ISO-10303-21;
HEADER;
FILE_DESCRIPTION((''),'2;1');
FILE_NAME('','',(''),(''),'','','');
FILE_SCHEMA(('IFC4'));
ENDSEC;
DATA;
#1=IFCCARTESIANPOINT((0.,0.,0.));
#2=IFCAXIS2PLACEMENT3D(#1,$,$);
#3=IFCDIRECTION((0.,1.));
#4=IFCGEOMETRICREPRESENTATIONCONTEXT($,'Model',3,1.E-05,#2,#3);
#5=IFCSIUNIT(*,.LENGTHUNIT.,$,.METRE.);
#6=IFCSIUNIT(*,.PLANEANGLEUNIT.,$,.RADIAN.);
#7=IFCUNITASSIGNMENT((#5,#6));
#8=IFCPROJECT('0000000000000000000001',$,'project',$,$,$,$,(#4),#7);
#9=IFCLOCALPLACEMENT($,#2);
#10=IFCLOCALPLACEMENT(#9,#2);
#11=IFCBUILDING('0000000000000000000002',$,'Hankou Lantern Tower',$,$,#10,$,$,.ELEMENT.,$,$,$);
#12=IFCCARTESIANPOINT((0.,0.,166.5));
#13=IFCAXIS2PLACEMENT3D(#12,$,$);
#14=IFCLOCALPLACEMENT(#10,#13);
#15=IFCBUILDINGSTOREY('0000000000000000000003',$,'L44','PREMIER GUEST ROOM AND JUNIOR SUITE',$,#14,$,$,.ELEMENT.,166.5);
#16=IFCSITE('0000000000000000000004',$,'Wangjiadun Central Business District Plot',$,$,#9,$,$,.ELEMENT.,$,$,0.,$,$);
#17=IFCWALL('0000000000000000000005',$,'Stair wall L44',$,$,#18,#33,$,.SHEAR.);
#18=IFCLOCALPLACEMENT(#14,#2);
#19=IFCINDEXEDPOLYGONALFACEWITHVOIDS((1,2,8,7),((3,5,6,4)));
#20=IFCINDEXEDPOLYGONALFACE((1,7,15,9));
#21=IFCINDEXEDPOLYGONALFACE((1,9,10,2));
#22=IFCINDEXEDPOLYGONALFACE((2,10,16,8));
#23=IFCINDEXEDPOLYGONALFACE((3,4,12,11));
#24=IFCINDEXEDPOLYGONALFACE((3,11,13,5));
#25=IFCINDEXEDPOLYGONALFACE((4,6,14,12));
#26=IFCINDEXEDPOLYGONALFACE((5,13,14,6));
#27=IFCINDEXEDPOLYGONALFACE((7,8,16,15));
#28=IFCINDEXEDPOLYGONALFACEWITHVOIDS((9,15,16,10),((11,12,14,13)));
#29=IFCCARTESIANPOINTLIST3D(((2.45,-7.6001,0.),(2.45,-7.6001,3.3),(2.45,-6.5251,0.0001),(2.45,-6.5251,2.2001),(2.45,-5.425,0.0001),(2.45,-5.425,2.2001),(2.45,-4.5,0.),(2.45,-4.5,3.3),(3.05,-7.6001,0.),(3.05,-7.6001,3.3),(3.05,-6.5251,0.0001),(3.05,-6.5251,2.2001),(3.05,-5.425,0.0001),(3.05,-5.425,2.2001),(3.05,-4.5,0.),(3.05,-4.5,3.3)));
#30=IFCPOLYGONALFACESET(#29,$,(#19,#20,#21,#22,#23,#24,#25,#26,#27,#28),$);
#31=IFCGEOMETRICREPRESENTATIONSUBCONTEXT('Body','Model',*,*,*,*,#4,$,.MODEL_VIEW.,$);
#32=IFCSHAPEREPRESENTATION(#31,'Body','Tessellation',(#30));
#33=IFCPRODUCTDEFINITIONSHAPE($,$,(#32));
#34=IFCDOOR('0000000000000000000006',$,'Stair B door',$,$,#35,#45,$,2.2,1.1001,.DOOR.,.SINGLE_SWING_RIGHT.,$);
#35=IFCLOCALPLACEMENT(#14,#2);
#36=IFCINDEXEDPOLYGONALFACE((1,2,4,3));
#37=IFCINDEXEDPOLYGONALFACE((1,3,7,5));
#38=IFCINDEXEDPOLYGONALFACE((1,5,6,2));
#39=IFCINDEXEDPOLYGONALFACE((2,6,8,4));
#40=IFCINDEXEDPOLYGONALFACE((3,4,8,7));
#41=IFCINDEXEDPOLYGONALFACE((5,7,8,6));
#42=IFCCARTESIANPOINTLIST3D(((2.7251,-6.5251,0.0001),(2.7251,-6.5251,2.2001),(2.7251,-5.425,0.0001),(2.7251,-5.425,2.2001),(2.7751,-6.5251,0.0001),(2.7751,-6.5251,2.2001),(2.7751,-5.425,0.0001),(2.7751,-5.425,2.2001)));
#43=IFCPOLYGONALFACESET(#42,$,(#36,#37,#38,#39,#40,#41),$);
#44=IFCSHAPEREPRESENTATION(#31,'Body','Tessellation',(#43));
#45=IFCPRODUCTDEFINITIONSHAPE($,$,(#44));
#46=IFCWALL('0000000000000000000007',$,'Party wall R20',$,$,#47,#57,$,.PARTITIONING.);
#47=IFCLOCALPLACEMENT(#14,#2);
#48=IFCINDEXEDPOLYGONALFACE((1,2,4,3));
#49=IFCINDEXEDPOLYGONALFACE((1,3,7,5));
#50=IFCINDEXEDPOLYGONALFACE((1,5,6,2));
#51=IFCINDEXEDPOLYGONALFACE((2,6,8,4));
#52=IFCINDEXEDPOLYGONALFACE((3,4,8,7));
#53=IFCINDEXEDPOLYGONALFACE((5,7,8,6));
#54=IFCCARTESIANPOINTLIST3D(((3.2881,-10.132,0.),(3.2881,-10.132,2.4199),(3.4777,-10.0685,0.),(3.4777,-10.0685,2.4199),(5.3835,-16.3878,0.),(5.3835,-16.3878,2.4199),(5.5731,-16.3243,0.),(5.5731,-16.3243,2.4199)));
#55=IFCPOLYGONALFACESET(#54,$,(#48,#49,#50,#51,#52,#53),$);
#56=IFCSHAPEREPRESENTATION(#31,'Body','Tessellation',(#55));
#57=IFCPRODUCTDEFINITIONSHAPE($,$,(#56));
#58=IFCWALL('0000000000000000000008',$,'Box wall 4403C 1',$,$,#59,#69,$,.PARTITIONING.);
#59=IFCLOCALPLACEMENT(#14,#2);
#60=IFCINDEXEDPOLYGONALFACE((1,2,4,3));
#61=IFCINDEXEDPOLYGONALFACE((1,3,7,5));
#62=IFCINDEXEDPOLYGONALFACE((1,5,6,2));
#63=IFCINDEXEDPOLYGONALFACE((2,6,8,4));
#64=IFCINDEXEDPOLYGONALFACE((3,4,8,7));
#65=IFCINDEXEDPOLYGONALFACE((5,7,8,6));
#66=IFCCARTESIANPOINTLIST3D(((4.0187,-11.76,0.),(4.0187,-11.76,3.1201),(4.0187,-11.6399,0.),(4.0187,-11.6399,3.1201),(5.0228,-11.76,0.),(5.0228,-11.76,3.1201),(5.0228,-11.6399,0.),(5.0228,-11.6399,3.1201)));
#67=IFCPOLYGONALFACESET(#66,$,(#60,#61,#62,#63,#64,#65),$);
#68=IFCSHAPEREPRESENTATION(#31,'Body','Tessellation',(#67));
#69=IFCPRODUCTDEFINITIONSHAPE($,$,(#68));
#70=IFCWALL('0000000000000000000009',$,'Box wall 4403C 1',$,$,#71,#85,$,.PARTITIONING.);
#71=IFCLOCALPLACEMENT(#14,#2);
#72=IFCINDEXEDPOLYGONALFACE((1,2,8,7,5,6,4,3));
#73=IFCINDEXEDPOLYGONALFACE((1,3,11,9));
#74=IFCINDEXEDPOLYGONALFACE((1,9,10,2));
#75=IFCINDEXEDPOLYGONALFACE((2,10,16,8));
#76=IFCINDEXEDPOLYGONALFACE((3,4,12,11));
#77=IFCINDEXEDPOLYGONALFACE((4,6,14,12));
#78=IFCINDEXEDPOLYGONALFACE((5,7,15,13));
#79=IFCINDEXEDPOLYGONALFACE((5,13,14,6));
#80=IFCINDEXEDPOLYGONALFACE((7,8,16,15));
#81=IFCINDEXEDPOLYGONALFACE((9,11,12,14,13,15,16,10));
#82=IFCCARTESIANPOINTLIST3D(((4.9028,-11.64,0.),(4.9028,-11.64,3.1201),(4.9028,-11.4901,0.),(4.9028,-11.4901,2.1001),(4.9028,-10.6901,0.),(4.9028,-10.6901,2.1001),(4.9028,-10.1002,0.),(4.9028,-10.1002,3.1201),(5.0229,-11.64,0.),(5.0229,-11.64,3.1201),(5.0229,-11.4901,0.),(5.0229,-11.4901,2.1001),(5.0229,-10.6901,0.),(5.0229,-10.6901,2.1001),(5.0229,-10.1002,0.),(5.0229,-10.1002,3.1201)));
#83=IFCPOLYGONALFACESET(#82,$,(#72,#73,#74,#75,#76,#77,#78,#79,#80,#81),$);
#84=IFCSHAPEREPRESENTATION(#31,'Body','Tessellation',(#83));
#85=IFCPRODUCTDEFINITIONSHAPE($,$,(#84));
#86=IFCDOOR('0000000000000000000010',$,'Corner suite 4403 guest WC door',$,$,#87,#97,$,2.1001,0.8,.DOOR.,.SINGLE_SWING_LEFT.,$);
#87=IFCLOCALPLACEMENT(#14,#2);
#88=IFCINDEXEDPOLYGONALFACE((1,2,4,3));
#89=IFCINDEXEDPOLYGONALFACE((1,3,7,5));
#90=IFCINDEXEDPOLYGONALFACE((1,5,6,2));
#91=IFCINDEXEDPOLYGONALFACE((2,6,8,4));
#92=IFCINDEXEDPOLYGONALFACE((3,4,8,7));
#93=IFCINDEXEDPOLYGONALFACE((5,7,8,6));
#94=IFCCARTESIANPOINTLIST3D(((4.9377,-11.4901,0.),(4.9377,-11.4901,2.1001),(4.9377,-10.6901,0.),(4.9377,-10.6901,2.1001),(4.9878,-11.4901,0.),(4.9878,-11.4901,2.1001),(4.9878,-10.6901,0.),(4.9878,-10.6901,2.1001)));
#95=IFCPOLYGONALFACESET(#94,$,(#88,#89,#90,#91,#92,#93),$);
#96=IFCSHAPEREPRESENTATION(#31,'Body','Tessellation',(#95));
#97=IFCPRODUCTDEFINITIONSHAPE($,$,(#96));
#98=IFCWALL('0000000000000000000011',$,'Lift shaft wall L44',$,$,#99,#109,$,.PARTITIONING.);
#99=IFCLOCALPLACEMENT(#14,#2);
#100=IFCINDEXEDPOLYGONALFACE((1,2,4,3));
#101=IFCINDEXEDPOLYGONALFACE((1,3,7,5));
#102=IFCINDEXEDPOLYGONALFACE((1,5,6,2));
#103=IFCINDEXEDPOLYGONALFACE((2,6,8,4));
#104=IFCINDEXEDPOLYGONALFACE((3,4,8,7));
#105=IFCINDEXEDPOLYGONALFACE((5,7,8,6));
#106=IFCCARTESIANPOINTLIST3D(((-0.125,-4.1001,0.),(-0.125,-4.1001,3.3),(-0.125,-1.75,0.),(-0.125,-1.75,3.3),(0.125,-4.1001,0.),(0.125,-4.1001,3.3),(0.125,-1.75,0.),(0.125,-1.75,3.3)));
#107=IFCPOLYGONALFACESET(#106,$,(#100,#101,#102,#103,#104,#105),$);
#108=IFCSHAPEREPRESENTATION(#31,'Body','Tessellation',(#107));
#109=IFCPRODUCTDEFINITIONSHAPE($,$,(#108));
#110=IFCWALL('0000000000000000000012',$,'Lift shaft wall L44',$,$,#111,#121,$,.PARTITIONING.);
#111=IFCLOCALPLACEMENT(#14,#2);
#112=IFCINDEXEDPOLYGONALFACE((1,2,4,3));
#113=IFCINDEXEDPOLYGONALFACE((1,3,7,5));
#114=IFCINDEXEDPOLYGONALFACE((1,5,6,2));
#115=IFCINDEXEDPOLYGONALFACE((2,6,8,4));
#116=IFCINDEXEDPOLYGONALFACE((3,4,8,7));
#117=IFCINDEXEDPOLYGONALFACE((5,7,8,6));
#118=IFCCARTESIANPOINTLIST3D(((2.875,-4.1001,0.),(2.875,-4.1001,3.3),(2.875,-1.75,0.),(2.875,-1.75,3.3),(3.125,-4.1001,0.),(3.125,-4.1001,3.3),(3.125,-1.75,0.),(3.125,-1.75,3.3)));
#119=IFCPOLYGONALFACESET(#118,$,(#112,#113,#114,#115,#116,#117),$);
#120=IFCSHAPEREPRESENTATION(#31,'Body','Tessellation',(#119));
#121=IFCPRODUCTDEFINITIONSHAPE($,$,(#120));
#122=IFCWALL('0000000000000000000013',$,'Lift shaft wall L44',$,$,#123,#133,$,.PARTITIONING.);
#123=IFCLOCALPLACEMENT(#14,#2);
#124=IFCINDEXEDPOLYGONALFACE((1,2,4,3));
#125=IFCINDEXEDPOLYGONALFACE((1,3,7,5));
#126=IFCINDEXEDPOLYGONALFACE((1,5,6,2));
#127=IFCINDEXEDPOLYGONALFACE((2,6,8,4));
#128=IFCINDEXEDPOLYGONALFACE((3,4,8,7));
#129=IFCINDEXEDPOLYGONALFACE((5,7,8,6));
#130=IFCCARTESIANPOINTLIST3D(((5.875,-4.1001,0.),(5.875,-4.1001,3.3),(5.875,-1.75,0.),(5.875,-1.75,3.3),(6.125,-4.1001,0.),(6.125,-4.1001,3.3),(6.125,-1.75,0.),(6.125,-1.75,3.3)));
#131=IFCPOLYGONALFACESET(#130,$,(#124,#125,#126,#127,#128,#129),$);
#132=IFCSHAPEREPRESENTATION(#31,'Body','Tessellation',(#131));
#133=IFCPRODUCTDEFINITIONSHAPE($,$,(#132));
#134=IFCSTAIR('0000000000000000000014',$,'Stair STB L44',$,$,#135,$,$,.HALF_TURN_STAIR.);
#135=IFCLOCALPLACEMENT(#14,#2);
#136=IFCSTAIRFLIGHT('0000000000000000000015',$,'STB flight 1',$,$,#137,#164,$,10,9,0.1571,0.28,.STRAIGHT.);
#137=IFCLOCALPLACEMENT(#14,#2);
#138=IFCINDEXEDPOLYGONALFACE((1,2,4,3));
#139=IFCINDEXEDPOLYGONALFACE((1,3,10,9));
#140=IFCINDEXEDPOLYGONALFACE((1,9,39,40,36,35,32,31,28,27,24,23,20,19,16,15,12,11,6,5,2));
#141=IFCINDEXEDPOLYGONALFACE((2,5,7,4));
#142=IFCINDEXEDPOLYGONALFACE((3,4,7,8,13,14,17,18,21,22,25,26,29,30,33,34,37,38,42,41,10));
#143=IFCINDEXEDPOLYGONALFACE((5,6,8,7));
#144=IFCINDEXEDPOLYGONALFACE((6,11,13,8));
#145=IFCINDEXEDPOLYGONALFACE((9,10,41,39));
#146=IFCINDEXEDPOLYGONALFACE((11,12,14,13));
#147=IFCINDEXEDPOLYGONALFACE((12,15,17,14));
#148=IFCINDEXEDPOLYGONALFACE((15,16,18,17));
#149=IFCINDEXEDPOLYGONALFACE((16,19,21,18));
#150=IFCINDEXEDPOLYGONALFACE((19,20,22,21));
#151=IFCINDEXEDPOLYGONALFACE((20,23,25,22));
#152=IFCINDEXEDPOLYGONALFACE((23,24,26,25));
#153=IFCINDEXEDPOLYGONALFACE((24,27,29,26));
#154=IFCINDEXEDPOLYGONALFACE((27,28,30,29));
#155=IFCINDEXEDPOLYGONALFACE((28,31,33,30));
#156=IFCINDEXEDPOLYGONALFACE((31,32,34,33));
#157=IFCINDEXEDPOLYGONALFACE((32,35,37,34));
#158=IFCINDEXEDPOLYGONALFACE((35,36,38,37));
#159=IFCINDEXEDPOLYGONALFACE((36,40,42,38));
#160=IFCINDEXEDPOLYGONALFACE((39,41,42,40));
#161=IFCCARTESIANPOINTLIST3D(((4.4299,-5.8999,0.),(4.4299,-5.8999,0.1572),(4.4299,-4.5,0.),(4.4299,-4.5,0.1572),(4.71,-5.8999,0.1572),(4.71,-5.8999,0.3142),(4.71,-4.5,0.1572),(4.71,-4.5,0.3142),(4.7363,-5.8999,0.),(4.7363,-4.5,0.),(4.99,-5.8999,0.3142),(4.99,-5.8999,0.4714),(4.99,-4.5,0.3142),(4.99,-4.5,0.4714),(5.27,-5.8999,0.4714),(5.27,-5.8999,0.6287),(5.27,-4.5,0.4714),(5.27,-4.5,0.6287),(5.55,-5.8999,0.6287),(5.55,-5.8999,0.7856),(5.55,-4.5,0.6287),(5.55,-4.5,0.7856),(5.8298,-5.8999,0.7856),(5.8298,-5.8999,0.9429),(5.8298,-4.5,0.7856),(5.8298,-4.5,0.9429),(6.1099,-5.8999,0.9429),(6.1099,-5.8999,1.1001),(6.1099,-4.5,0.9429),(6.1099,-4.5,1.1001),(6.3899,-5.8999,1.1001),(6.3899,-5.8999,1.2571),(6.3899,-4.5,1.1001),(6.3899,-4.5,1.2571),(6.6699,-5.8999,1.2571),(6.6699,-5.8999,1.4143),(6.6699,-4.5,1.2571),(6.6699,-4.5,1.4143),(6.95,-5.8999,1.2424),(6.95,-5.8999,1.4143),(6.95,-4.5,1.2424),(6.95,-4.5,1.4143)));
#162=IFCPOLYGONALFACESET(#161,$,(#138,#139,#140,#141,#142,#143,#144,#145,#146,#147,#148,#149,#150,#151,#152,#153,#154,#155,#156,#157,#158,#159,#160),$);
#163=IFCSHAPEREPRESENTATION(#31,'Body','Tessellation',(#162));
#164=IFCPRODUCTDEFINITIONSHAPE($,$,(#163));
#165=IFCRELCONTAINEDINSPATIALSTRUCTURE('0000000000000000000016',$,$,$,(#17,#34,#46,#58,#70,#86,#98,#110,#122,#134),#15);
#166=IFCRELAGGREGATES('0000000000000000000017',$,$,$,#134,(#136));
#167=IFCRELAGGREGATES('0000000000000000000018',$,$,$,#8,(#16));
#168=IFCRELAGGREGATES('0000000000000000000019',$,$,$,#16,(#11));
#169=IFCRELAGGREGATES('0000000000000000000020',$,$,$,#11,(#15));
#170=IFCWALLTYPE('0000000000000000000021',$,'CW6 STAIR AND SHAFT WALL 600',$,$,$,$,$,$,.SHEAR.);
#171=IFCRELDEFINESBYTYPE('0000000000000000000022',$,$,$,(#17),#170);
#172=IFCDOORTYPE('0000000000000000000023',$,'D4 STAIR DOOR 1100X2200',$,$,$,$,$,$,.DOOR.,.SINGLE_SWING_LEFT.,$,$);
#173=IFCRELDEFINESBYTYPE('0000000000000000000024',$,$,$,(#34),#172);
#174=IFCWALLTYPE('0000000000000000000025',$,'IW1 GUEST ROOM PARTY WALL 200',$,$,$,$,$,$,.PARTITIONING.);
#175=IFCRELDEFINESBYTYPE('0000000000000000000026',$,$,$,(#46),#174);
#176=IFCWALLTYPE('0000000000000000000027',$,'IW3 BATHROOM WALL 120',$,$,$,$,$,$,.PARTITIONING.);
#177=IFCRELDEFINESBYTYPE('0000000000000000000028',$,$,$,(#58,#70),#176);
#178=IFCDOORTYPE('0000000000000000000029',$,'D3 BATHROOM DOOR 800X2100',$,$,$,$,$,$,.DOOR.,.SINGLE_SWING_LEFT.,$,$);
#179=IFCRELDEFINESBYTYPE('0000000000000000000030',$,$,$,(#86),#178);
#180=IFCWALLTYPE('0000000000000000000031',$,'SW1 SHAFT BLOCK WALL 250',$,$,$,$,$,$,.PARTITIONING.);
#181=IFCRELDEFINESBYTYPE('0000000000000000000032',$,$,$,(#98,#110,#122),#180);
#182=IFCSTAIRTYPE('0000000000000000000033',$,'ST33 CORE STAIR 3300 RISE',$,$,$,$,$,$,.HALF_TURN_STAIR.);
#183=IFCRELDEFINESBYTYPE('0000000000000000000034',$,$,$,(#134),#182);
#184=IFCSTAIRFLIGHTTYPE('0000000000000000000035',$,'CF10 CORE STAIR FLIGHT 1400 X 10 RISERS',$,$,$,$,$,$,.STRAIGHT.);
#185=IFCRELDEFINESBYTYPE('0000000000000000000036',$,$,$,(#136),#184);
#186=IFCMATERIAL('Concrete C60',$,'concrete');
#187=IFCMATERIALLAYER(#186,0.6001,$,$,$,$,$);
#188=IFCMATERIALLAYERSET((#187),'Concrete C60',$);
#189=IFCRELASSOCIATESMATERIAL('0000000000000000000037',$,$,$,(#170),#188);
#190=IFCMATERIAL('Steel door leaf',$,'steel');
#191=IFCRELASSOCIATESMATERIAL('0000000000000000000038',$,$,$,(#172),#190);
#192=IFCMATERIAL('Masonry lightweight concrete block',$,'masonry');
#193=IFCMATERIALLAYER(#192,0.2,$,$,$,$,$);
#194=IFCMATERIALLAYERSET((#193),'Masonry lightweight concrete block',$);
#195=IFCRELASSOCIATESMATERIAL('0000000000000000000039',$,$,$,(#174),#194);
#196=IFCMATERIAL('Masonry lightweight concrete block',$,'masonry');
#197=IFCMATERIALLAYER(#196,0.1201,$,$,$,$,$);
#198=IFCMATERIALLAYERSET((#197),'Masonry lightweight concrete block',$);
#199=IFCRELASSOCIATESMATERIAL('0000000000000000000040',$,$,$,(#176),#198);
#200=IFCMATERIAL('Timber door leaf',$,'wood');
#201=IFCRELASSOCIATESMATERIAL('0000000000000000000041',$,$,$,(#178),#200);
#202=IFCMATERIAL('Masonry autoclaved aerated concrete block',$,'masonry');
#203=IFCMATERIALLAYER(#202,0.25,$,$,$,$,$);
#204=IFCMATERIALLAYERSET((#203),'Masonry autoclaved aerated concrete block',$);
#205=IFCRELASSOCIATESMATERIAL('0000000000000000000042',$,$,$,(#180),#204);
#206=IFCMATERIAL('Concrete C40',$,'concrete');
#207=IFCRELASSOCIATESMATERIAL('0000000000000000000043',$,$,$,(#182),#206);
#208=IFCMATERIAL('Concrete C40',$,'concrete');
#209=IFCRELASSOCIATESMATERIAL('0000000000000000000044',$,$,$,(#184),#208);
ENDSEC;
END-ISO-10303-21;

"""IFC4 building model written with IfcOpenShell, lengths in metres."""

from ifc_helpers import new_model, si_unit, direction, frame, frame_2d, origin, place, context, subcontext, project, spatial, polyline, rectangle, outline, extrude, material, layer, layer_set, type_object, element, fill, aggregate, save


model = new_model("IFC4")

# Units and contexts
model_context = context("Model", 3, precision=1e-05, world=origin(), true_north=direction((0.0, 1.0)))
body_context = subcontext(model_context, "Body", "Model", "MODEL_VIEW")
ifc_project = project(units=[si_unit("LENGTHUNIT", "METRE"), si_unit("PLANEANGLEUNIT", "RADIAN")], contexts=[model_context])

# Site, building, storey
site_placement = place(None, origin())
site = spatial("IfcSite", under=ifc_project, at=site_placement, Name="Wangjiadun Central Business District Plot", CompositionType="ELEMENT", RefElevation=0.0)
building_placement = place(site_placement, origin())
building = spatial("IfcBuilding", under=site, at=building_placement, Name="Hankou Lantern Tower", CompositionType="ELEMENT")
storey_placement = place(building_placement, frame((0.0, 0.0, 166.5)))
storey = spatial("IfcBuildingStorey", under=building, at=storey_placement, Name="L44", Description="PREMIER GUEST ROOM AND JUNIOR SUITE", CompositionType="ELEMENT", Elevation=166.5)

# Wall, opening, door
ifc_material_1 = material(Name="Concrete C60", Category="concrete")
ifc_layer_1 = layer(ifc_material_1, 0.6001)
ifc_layer_set_1 = layer_set([ifc_layer_1], Name="Concrete C60")
wall_type_1 = type_object("IfcWallType", Name="CW6 STAIR AND SHAFT WALL 600", PredefinedType="SHEAR", material=ifc_layer_set_1)
wall_1_placement = place(storey_placement, frame((2.75, -7.6001, 0.0), z_axis=(0.0, 0.0, 1.0), x_axis=(0.0, 1.0, 0.0)))
wall_1 = element("IfcWall", 1, at=wall_1_placement, inside=storey, type_object=wall_type_1, Name="Stair wall L44", PredefinedType="SHEAR", context=body_context, shape_type="SweptSolid", body=[
    extrude(rectangle(XDim=3.1001, YDim=0.6001, at=frame_2d((1.55, 0.0))), origin(), (0.0, 0.0, 1.0), 3.3),
])
opening_1_placement = place(wall_1_placement, frame((1.075, 0.0, 0.0)))
opening_1 = element("IfcOpeningElement", 2, at=opening_1_placement, cuts=wall_1, PredefinedType="OPENING", context=body_context, shape_type="SweptSolid", body=[
    extrude(rectangle(XDim=1.1001, YDim=2.2, at=frame_2d((0.55, 1.1001))), frame((0.0, 0.3101, 0.0), z_axis=(0.0, -1.0, 0.0), x_axis=(1.0, 0.0, 0.0)), (0.0, 0.0, 1.0), 0.6201),
])
ifc_material_2 = material(Name="Steel door leaf", Category="steel")
door_type_1 = type_object("IfcDoorType", Name="D4 STAIR DOOR 1100X2200", OperationType="SINGLE_SWING_LEFT", PredefinedType="DOOR", material=ifc_material_2)
door_1_placement = place(opening_1_placement, origin())
door_1 = element("IfcDoor", 3, at=door_1_placement, inside=storey, type_object=door_type_1, Name="Stair B door", OperationType="SINGLE_SWING_RIGHT", OverallHeight=2.2, OverallWidth=1.1001, PredefinedType="DOOR", context=body_context, shape_type="SweptSolid", body=[
    extrude(rectangle(XDim=1.1001, YDim=2.2, at=frame_2d((0.55, 1.1001))), frame((0.0, 0.0249, 0.0), z_axis=(0.0, -1.0, 0.0), x_axis=(1.0, 0.0, 0.0)), (0.0, 0.0, 1.0), 0.05),
])
fill(opening_1, door_1)

# Walls
ifc_material_3 = material(Name="Masonry lightweight concrete block", Category="masonry")
ifc_layer_2 = layer(ifc_material_3, 0.2)
ifc_layer_set_2 = layer_set([ifc_layer_2], Name="Masonry lightweight concrete block")
wall_type_2 = type_object("IfcWallType", Name="IW1 GUEST ROOM PARTY WALL 200", PredefinedType="PARTITIONING", material=ifc_layer_set_2)
wall_2_placement = place(storey_placement, frame((3.3828, -10.1001, 0.0), z_axis=(0.0, 0.0, 1.0), x_axis=(0.317615, -0.94822, 0.0)))
element("IfcWall", 4, at=wall_2_placement, inside=storey, type_object=wall_type_2, Name="Party wall R20", PredefinedType="PARTITIONING", context=body_context, shape_type="SweptSolid", body=[
    extrude(rectangle(XDim=6.5974, YDim=0.2, at=frame_2d((3.2988, 0.0))), origin(), (0.0, 0.0, 1.0), 2.4199),
])
ifc_material_4 = material(Name="Masonry lightweight concrete block", Category="masonry")
ifc_layer_3 = layer(ifc_material_4, 0.1201)
ifc_layer_set_3 = layer_set([ifc_layer_3], Name="Masonry lightweight concrete block")
wall_type_3 = type_object("IfcWallType", Name="IW3 BATHROOM WALL 120", PredefinedType="PARTITIONING", material=ifc_layer_set_3)
wall_3_placement = place(storey_placement, frame((4.0188, -11.7, 0.0), z_axis=(0.0, 0.0, 1.0), x_axis=(1.0, 0.0, 0.0)))
element("IfcWall", 5, at=wall_3_placement, inside=storey, type_object=wall_type_3, Name="Box wall 4403C 1", PredefinedType="PARTITIONING", context=body_context, shape_type="SweptSolid", body=[
    extrude(rectangle(XDim=1.0042, YDim=0.1201, at=frame_2d((0.502, 0.0))), origin(), (0.0, 0.0, 1.0), 3.1201),
])

# Wall, opening, door
wall_4_placement = place(storey_placement, frame((4.9629, -10.1001, 0.0), z_axis=(0.0, 0.0, 1.0), x_axis=(0.0, -1.0, 0.0)))
wall_4 = element("IfcWall", 6, at=wall_4_placement, inside=storey, type_object=wall_type_3, Name="Box wall 4403C 1", PredefinedType="PARTITIONING", context=body_context, shape_type="SweptSolid", body=[
    extrude(rectangle(XDim=1.5398, YDim=0.1201, at=frame_2d((0.77, 0.0))), origin(), (0.0, 0.0, 1.0), 3.1201),
])
opening_2_placement = place(wall_4_placement, frame((0.5901, 0.0, 0.0)))
opening_2 = element("IfcOpeningElement", 7, at=opening_2_placement, cuts=wall_4, PredefinedType="OPENING", context=body_context, shape_type="SweptSolid", body=[
    extrude(rectangle(XDim=0.8, YDim=2.1001, at=frame_2d((0.3999, 1.05))), frame((0.0, 0.0701, 0.0), z_axis=(0.0, -1.0, 0.0), x_axis=(1.0, 0.0, 0.0)), (0.0, 0.0, 1.0), 0.1401),
])
ifc_material_5 = material(Name="Timber door leaf", Category="wood")
door_type_2 = type_object("IfcDoorType", Name="D3 BATHROOM DOOR 800X2100", OperationType="SINGLE_SWING_LEFT", PredefinedType="DOOR", material=ifc_material_5)
door_2_placement = place(opening_2_placement, origin())
door_2 = element("IfcDoor", 8, at=door_2_placement, inside=storey, type_object=door_type_2, Name="Corner suite 4403 guest WC door", OperationType="SINGLE_SWING_LEFT", OverallHeight=2.1001, OverallWidth=0.8, PredefinedType="DOOR", context=body_context, shape_type="SweptSolid", body=[
    extrude(rectangle(XDim=0.8, YDim=2.1001, at=frame_2d((0.3999, 1.05))), frame((0.0, 0.0249, 0.0), z_axis=(0.0, -1.0, 0.0), x_axis=(1.0, 0.0, 0.0)), (0.0, 0.0, 1.0), 0.05),
])
fill(opening_2, door_2)

# Walls
ifc_material_6 = material(Name="Masonry autoclaved aerated concrete block", Category="masonry")
ifc_layer_4 = layer(ifc_material_6, 0.25)
ifc_layer_set_4 = layer_set([ifc_layer_4], Name="Masonry autoclaved aerated concrete block")
wall_type_4 = type_object("IfcWallType", Name="SW1 SHAFT BLOCK WALL 250", PredefinedType="PARTITIONING", material=ifc_layer_set_4)
for number, where, z_axis, x_axis, name in (
    (9, (0.0, -4.1001, 0.0), (0.0, 0.0, 1.0), (0.0, 1.0, 0.0), "Lift shaft wall L44"),
    (10, (3.0, -4.1001, 0.0), (0.0, 0.0, 1.0), (0.0, 1.0, 0.0), "Lift shaft wall L44"),
    (11, (6.0, -4.1001, 0.0), (0.0, 0.0, 1.0), (0.0, 1.0, 0.0), "Lift shaft wall L44"),
):
    element("IfcWall", number, at=place(storey_placement, frame(where, z_axis=z_axis, x_axis=x_axis)), inside=storey, type_object=wall_type_4, Name=name, PredefinedType="PARTITIONING", context=body_context, shape_type="SweptSolid", body=[
        extrude(rectangle(XDim=2.3501, YDim=0.25, at=frame_2d((1.175, 0.0))), origin(), (0.0, 0.0, 1.0), 3.3),
    ])

# Stair, stair flight
ifc_material_7 = material(Name="Concrete C40", Category="concrete")
stair_type = type_object("IfcStairType", Name="ST33 CORE STAIR 3300 RISE", PredefinedType="HALF_TURN_STAIR", material=ifc_material_7)
stair_placement = place(storey_placement, origin())
stair = element("IfcStair", 12, at=stair_placement, inside=storey, type_object=stair_type, Name="Stair STB L44", PredefinedType="HALF_TURN_STAIR")
ifc_material_8 = material(Name="Concrete C40", Category="concrete")
stair_flight_type_1 = type_object("IfcStairFlightType", Name="CF10 CORE STAIR FLIGHT 1400 X 10 RISERS", PredefinedType="STRAIGHT", material=ifc_material_8)
stair_flight_1_placement = place(storey_placement, frame((4.4299, -5.2, 0.0), z_axis=(0.0, 0.0, 1.0), x_axis=(1.0, 0.0, 0.0)))
stair_flight_1 = element("IfcStairFlight", 13, at=stair_flight_1_placement, type_object=stair_flight_type_1, Name="STB flight 1", NumberOfRisers=10, NumberOfTreads=9, PredefinedType="STRAIGHT", RiserHeight=0.1571, TreadLength=0.28, context=body_context, shape_type="SweptSolid", body=[
    extrude(outline(polyline([(0.0, 0.0), (0.0, 0.1572), (0.28, 0.1572), (0.28, 0.3142), (0.5601, 0.3142), (0.5601, 0.4714), (0.8401, 0.4714), (0.8401, 0.6287), (1.1201, 0.6287), (1.1201, 0.7856), (1.3999, 0.7856), (1.3999, 0.9429), (1.6799, 0.9429), (1.6799, 1.1001), (1.96, 1.1001), (1.96, 1.2571), (2.24, 1.2571), (2.24, 1.4143), (2.52, 1.4143), (2.52, 1.5715), (2.52, 1.2424), (0.3064, 0.0), (0.0, 0.0)])), frame((0.0, 0.7, 0.0), z_axis=(0.0, -1.0, 0.0), x_axis=(1.0, 0.0, 0.0)), (0.0, 0.0, 1.0), 1.3999),
])
aggregate(stair, [stair_flight_1])

save(model, "model.ifc")
